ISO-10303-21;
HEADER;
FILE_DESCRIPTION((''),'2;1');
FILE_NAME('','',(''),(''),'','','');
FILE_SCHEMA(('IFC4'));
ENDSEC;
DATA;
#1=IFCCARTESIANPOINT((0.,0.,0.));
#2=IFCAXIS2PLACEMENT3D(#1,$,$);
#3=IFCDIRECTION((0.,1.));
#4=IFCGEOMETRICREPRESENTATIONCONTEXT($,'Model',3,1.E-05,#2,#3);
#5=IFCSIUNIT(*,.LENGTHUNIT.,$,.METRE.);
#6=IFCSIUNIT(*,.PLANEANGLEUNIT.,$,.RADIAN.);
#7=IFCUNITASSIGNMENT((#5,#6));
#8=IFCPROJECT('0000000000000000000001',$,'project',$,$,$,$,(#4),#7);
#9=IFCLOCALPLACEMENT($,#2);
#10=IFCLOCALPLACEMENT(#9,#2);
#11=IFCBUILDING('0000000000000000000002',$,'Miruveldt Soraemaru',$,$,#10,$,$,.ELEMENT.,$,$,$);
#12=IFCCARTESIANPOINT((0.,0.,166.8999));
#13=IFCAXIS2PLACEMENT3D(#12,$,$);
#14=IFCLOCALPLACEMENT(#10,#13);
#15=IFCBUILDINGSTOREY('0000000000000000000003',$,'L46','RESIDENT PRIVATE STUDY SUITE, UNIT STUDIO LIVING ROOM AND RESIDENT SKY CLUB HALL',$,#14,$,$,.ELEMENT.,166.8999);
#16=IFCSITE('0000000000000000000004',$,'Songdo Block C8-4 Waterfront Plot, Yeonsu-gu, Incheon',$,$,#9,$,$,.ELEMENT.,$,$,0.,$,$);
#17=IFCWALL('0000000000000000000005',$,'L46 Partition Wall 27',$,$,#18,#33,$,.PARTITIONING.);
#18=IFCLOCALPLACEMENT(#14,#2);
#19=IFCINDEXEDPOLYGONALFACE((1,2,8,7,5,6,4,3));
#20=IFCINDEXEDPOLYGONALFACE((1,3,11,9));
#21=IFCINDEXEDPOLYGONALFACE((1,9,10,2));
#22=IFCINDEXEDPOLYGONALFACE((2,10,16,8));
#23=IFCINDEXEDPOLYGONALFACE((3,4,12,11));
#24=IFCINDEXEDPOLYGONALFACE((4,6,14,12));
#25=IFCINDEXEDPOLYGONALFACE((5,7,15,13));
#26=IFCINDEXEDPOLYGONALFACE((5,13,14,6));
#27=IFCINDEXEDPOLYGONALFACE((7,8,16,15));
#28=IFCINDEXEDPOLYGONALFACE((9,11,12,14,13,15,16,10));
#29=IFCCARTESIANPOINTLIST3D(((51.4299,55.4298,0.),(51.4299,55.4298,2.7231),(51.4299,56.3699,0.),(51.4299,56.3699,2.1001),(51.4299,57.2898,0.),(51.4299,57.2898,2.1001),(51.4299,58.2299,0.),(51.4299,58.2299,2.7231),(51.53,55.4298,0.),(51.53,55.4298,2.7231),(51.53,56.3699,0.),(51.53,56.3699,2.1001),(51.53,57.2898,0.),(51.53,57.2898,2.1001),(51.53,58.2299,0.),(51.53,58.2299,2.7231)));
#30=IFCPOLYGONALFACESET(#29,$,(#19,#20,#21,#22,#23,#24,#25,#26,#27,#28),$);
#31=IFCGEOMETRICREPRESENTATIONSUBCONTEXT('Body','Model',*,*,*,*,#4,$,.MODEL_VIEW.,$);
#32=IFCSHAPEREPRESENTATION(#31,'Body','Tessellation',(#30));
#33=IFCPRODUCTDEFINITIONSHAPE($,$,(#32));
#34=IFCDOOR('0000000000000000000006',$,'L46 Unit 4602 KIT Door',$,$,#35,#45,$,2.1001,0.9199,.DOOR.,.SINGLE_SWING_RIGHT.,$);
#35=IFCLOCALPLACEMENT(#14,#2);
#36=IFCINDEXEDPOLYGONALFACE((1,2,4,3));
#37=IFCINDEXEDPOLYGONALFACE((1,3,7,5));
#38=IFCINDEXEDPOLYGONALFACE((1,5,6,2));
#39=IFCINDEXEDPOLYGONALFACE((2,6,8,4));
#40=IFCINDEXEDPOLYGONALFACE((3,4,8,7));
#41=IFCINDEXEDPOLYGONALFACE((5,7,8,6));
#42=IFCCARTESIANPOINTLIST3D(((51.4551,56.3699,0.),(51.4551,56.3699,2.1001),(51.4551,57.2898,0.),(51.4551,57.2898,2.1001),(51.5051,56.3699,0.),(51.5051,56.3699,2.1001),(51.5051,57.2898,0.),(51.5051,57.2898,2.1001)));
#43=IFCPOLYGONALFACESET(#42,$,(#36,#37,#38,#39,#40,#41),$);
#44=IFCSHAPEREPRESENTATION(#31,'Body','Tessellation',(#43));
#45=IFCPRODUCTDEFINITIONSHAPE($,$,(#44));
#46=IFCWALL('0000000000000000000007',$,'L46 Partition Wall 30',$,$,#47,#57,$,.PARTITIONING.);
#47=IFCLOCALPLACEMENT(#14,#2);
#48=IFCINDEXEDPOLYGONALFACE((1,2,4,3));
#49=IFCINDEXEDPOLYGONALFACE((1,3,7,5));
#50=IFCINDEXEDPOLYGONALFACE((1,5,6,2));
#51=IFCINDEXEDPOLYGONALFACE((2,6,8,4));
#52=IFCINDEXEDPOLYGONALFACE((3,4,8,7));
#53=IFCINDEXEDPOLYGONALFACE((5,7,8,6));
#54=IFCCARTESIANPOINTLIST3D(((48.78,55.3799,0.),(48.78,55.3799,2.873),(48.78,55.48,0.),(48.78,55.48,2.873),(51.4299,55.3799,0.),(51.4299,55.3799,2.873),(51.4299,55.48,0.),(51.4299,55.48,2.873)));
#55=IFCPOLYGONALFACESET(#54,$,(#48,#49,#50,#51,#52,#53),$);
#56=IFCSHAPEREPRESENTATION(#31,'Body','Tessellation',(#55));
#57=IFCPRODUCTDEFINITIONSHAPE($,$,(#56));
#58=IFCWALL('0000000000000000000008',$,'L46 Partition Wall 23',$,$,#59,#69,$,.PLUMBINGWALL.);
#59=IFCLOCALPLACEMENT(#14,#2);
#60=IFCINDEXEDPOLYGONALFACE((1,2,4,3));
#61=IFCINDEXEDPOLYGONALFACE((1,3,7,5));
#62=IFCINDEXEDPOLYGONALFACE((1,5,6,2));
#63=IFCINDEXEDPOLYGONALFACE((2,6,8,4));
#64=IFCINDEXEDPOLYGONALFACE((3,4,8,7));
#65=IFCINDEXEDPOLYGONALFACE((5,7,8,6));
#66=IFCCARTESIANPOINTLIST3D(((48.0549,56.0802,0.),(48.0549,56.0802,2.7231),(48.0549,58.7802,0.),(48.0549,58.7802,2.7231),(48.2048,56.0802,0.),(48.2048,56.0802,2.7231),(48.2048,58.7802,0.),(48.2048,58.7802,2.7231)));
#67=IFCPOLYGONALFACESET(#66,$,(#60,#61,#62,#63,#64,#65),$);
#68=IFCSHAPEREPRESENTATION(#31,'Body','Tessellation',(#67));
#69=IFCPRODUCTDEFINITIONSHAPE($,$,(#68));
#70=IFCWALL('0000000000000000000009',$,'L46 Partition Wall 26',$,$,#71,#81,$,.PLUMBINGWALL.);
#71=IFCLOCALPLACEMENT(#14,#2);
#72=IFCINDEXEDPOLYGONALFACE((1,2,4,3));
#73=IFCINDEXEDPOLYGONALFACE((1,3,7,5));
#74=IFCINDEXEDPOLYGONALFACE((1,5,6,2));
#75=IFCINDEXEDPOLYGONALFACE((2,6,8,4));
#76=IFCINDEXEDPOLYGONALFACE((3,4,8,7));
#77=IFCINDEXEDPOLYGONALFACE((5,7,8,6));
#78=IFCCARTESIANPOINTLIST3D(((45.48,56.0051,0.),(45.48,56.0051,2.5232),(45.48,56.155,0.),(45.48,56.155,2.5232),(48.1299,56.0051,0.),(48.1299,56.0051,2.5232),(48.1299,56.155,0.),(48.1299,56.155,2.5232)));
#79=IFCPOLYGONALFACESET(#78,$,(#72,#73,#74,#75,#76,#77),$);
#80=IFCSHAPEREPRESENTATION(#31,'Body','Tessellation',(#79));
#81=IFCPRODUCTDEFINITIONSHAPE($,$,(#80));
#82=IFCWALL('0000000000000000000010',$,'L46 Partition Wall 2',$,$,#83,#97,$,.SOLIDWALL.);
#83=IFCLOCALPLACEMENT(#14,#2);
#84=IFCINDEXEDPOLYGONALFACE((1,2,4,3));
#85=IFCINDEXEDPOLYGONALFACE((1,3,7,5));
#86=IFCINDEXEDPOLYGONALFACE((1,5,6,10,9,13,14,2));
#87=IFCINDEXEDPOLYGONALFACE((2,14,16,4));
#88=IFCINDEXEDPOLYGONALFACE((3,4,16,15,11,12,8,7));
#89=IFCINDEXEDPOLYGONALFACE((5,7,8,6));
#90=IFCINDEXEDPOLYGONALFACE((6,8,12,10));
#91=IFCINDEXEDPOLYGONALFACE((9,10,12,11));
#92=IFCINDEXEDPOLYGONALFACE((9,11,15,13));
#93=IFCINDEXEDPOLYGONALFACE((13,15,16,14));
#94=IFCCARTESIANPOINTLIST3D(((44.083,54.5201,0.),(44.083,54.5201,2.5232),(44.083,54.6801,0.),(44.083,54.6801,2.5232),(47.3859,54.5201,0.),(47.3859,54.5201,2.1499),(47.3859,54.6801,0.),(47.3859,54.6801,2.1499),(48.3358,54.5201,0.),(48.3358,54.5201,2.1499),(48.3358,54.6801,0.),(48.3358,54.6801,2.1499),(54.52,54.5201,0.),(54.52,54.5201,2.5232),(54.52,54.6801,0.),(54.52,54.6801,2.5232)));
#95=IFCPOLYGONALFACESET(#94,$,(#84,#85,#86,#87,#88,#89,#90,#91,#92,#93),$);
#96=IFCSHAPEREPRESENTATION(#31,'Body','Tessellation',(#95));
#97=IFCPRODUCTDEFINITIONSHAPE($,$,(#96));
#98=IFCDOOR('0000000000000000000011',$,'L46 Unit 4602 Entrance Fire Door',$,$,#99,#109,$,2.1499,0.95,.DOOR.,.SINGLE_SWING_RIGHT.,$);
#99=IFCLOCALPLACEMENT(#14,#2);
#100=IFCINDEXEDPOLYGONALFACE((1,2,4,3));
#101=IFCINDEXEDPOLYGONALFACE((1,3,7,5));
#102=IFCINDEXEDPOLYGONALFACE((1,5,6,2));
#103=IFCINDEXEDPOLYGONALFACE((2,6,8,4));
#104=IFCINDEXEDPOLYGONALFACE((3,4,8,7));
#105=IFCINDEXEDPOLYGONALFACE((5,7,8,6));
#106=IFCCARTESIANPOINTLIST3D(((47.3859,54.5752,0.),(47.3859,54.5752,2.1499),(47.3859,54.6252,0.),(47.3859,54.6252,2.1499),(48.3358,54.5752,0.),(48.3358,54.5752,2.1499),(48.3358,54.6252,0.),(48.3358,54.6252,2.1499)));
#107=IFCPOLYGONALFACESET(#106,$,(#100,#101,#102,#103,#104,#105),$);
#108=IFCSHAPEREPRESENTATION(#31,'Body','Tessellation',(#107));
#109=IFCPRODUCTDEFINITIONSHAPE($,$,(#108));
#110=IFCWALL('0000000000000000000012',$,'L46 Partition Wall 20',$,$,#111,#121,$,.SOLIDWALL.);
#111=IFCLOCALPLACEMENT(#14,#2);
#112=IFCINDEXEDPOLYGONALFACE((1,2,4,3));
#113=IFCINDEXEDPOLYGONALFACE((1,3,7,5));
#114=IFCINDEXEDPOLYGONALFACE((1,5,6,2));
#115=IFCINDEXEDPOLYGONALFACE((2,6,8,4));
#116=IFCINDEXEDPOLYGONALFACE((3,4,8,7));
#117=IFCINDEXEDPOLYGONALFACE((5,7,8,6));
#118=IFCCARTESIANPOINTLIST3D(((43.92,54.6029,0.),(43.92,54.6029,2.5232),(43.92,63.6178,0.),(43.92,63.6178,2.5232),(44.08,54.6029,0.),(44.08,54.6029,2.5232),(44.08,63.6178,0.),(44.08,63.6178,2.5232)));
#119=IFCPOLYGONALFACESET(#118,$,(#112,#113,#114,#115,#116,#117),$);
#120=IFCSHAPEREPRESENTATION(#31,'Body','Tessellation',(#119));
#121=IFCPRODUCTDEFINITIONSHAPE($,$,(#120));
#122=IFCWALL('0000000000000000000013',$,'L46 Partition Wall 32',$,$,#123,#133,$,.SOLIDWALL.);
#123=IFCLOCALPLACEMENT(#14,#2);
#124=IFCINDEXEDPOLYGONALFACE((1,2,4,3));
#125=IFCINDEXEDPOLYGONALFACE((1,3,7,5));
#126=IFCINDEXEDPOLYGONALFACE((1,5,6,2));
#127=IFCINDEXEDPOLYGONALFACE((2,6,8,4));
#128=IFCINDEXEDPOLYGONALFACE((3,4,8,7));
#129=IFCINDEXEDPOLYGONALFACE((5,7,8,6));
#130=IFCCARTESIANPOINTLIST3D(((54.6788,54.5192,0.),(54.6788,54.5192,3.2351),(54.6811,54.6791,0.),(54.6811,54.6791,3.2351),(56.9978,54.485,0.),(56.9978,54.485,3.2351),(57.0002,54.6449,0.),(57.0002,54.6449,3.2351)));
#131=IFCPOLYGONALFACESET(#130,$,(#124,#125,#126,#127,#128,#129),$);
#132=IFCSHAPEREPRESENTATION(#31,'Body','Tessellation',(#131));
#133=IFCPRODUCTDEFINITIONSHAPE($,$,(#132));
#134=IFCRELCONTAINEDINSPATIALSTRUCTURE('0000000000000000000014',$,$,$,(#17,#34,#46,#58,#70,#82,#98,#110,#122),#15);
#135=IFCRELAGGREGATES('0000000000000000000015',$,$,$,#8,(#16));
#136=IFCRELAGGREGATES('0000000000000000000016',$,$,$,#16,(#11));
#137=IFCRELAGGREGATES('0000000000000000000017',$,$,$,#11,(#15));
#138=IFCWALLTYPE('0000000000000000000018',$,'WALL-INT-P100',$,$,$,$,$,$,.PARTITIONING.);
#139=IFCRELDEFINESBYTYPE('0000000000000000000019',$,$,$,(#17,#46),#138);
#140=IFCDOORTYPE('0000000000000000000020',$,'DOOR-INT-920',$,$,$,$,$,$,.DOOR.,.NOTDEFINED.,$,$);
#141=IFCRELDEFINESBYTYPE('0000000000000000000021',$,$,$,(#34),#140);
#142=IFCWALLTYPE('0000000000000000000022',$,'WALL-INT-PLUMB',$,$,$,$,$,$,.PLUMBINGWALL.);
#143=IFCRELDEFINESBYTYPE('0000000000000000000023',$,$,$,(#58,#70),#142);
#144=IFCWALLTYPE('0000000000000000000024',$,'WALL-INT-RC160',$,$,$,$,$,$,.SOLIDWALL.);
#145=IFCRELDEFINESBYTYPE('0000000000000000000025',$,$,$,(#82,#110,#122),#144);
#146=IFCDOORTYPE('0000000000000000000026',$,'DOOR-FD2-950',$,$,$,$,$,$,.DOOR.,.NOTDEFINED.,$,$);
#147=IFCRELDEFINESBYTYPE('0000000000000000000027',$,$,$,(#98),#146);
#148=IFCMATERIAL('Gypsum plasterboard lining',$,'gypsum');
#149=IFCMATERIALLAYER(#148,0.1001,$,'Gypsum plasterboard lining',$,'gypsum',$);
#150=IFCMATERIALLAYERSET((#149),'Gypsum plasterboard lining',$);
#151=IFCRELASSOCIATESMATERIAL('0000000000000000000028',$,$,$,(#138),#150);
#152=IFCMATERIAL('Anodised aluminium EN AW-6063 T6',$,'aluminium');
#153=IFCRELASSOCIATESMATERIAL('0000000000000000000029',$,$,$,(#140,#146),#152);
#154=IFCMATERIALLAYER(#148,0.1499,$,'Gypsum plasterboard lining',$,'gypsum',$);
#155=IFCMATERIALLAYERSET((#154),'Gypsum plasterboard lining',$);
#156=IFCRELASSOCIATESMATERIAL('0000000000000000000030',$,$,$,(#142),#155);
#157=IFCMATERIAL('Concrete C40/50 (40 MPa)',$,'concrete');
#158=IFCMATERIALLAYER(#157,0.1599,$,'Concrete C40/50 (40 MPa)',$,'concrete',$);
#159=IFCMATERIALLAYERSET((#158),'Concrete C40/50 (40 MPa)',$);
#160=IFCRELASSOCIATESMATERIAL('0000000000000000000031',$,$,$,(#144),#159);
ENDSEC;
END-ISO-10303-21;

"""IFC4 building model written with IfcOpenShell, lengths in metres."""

from ifc_helpers import new_model, si_unit, direction, frame, frame_2d, origin, place, context, subcontext, project, spatial, rectangle, extrude, material, layer, layer_set, type_object, element, fill, save


model = new_model("IFC4")

# Units and contexts
model_context = context("Model", 3, precision=1e-05, world=origin(), true_north=direction((0.0, 1.0)))
body_context = subcontext(model_context, "Body", "Model", "MODEL_VIEW")
ifc_project = project(units=[si_unit("LENGTHUNIT", "METRE"), si_unit("PLANEANGLEUNIT", "RADIAN")], contexts=[model_context])

# Site, building, storey
site_placement = place(None, origin())
site = spatial("IfcSite", under=ifc_project, at=site_placement, Name="Songdo Block C8-4 Waterfront Plot, Yeonsu-gu, Incheon", CompositionType="ELEMENT", RefElevation=0.0)
building_placement = place(site_placement, origin())
building = spatial("IfcBuilding", under=site, at=building_placement, Name="Miruveldt Soraemaru", CompositionType="ELEMENT")
storey_placement = place(building_placement, frame((0.0, 0.0, 166.8999)))
storey = spatial("IfcBuildingStorey", under=building, at=storey_placement, Name="L46", Description="RESIDENT PRIVATE STUDY SUITE, UNIT STUDIO LIVING ROOM AND RESIDENT SKY CLUB HALL", CompositionType="ELEMENT", Elevation=166.8999)

# Shared definitions
ifc_material_1 = material(Name="Anodised aluminium EN AW-6063 T6", Category="aluminium")

# Wall, opening, door
ifc_material_2 = material(Name="Gypsum plasterboard lining", Category="gypsum")
ifc_layer_1 = layer(ifc_material_2, 0.1001, Name="Gypsum plasterboard lining", Category="gypsum")
ifc_layer_set_1 = layer_set([ifc_layer_1], Name="Gypsum plasterboard lining")
wall_type_1 = type_object("IfcWallType", Name="WALL-INT-P100", PredefinedType="PARTITIONING", material=ifc_layer_set_1)
wall_1_placement = place(storey_placement, frame((51.48, 55.4299, 0.0), z_axis=(0.0, 0.0, 1.0), x_axis=(0.0, 1.0, 0.0)))
wall_1 = element("IfcWall", 1, at=wall_1_placement, inside=storey, type_object=wall_type_1, Name="L46 Partition Wall 27", PredefinedType="PARTITIONING", context=body_context, shape_type="SweptSolid", body=[
    extrude(rectangle(XDim=2.8, YDim=0.1001, at=frame_2d((1.3999, 0.0))), origin(), (0.0, 0.0, 1.0), 2.7231),
])
opening_1_placement = place(wall_1_placement, frame((0.9399, 0.0, 0.0)))
opening_1 = element("IfcOpeningElement", 2, at=opening_1_placement, cuts=wall_1, PredefinedType="OPENING", context=body_context, shape_type="SweptSolid", body=[
    extrude(rectangle(XDim=0.9199, YDim=2.1001, at=frame_2d((0.46, 1.05))), frame((0.0, 0.0601, 0.0), z_axis=(0.0, -1.0, 0.0), x_axis=(1.0, 0.0, 0.0)), (0.0, 0.0, 1.0), 0.1201),
])
door_type_1 = type_object("IfcDoorType", Name="DOOR-INT-920", OperationType="NOTDEFINED", PredefinedType="DOOR", material=ifc_material_1)
door_1_placement = place(opening_1_placement, origin())
door_1 = element("IfcDoor", 3, at=door_1_placement, inside=storey, type_object=door_type_1, Name="L46 Unit 4602 KIT Door", OperationType="SINGLE_SWING_RIGHT", OverallHeight=2.1001, OverallWidth=0.9199, PredefinedType="DOOR", context=body_context, shape_type="SweptSolid", body=[
    extrude(rectangle(XDim=0.9199, YDim=2.1001, at=frame_2d((0.46, 1.05))), frame((0.0, 0.0249, 0.0), z_axis=(0.0, -1.0, 0.0), x_axis=(1.0, 0.0, 0.0)), (0.0, 0.0, 1.0), 0.05),
])
fill(opening_1, door_1)

# Walls
wall_2_placement = place(storey_placement, frame((48.78, 55.4299, 0.0), z_axis=(0.0, 0.0, 1.0), x_axis=(1.0, 0.0, 0.0)))
element("IfcWall", 4, at=wall_2_placement, inside=storey, type_object=wall_type_1, Name="L46 Partition Wall 30", PredefinedType="PARTITIONING", context=body_context, shape_type="SweptSolid", body=[
    extrude(rectangle(XDim=2.6499, YDim=0.1001, at=frame_2d((1.325, 0.0))), origin(), (0.0, 0.0, 1.0), 2.873),
])
ifc_layer_2 = layer(ifc_material_2, 0.1499, Name="Gypsum plasterboard lining", Category="gypsum")
ifc_layer_set_2 = layer_set([ifc_layer_2], Name="Gypsum plasterboard lining")
wall_type_2 = type_object("IfcWallType", Name="WALL-INT-PLUMB", PredefinedType="PLUMBINGWALL", material=ifc_layer_set_2)
wall_3_placement = place(storey_placement, frame((48.1299, 56.0801, 0.0), z_axis=(0.0, 0.0, 1.0), x_axis=(0.0, 1.0, 0.0)))
element("IfcWall", 5, at=wall_3_placement, inside=storey, type_object=wall_type_2, Name="L46 Partition Wall 23", PredefinedType="PLUMBINGWALL", context=body_context, shape_type="SweptSolid", body=[
    extrude(rectangle(XDim=2.7, YDim=0.1499, at=frame_2d((1.3501, 0.0))), origin(), (0.0, 0.0, 1.0), 2.7231),
])
wall_4_placement = place(storey_placement, frame((45.48, 56.0801, 0.0), z_axis=(0.0, 0.0, 1.0), x_axis=(1.0, 0.0, 0.0)))
element("IfcWall", 6, at=wall_4_placement, inside=storey, type_object=wall_type_2, Name="L46 Partition Wall 26", PredefinedType="PLUMBINGWALL", context=body_context, shape_type="SweptSolid", body=[
    extrude(rectangle(XDim=2.6499, YDim=0.1499, at=frame_2d((1.325, 0.0))), origin(), (0.0, 0.0, 1.0), 2.5232),
])

# Wall, opening, door
ifc_material_3 = material(Name="Concrete C40/50 (40 MPa)", Category="concrete")
ifc_layer_3 = layer(ifc_material_3, 0.1599, Name="Concrete C40/50 (40 MPa)", Category="concrete")
ifc_layer_set_3 = layer_set([ifc_layer_3], Name="Concrete C40/50 (40 MPa)")
wall_type_3 = type_object("IfcWallType", Name="WALL-INT-RC160", PredefinedType="SOLIDWALL", material=ifc_layer_set_3)
wall_5_placement = place(storey_placement, frame((54.52, 54.6001, 0.0), z_axis=(0.0, 0.0, 1.0), x_axis=(-1.0, 0.0, 0.0)))
wall_5 = element("IfcWall", 7, at=wall_5_placement, inside=storey, type_object=wall_type_3, Name="L46 Partition Wall 2", PredefinedType="SOLIDWALL", context=body_context, shape_type="SweptSolid", body=[
    extrude(rectangle(XDim=10.437, YDim=0.1599, at=frame_2d((5.2185, 0.0))), origin(), (0.0, 0.0, 1.0), 2.5232),
])
opening_2_placement = place(wall_5_placement, frame((6.1841, 0.0, 0.0)))
opening_2 = element("IfcOpeningElement", 8, at=opening_2_placement, cuts=wall_5, PredefinedType="OPENING", context=body_context, shape_type="SweptSolid", body=[
    extrude(rectangle(XDim=0.95, YDim=2.1499, at=frame_2d((0.4751, 1.075))), frame((0.0, 0.0898, 0.0), z_axis=(0.0, -1.0, 0.0), x_axis=(1.0, 0.0, 0.0)), (0.0, 0.0, 1.0), 0.1799),
])
door_type_2 = type_object("IfcDoorType", Name="DOOR-FD2-950", OperationType="NOTDEFINED", PredefinedType="DOOR", material=ifc_material_1)
door_2_placement = place(opening_2_placement, origin())
door_2 = element("IfcDoor", 9, at=door_2_placement, inside=storey, type_object=door_type_2, Name="L46 Unit 4602 Entrance Fire Door", OperationType="SINGLE_SWING_RIGHT", OverallHeight=2.1499, OverallWidth=0.95, PredefinedType="DOOR", context=body_context, shape_type="SweptSolid", body=[
    extrude(rectangle(XDim=0.95, YDim=2.1499, at=frame_2d((0.4751, 1.075))), frame((0.0, 0.0249, 0.0), z_axis=(0.0, -1.0, 0.0), x_axis=(1.0, 0.0, 0.0)), (0.0, 0.0, 1.0), 0.05),
])
fill(opening_2, door_2)

# Walls
wall_6_placement = place(storey_placement, frame((44.0, 54.603, 0.0), z_axis=(0.0, 0.0, 1.0), x_axis=(0.0, 1.0, 0.0)))
element("IfcWall", 10, at=wall_6_placement, inside=storey, type_object=wall_type_3, Name="L46 Partition Wall 20", PredefinedType="SOLIDWALL", context=body_context, shape_type="SweptSolid", body=[
    extrude(rectangle(XDim=9.0149, YDim=0.1599, at=frame_2d((4.5073, 0.0))), origin(), (0.0, 0.0, 1.0), 2.5232),
])
wall_7_placement = place(storey_placement, frame((54.6799, 54.5991, 0.0), z_axis=(0.0, 0.0, 1.0), x_axis=(0.999891, -0.014737, 0.0)))
element("IfcWall", 11, at=wall_7_placement, inside=storey, type_object=wall_type_3, Name="L46 Partition Wall 32", PredefinedType="SOLIDWALL", context=body_context, shape_type="SweptSolid", body=[
    extrude(rectangle(XDim=2.3193, YDim=0.1599, at=frame_2d((1.1597, 0.0))), origin(), (0.0, 0.0, 1.0), 3.2351),
])

save(model, "model.ifc")
